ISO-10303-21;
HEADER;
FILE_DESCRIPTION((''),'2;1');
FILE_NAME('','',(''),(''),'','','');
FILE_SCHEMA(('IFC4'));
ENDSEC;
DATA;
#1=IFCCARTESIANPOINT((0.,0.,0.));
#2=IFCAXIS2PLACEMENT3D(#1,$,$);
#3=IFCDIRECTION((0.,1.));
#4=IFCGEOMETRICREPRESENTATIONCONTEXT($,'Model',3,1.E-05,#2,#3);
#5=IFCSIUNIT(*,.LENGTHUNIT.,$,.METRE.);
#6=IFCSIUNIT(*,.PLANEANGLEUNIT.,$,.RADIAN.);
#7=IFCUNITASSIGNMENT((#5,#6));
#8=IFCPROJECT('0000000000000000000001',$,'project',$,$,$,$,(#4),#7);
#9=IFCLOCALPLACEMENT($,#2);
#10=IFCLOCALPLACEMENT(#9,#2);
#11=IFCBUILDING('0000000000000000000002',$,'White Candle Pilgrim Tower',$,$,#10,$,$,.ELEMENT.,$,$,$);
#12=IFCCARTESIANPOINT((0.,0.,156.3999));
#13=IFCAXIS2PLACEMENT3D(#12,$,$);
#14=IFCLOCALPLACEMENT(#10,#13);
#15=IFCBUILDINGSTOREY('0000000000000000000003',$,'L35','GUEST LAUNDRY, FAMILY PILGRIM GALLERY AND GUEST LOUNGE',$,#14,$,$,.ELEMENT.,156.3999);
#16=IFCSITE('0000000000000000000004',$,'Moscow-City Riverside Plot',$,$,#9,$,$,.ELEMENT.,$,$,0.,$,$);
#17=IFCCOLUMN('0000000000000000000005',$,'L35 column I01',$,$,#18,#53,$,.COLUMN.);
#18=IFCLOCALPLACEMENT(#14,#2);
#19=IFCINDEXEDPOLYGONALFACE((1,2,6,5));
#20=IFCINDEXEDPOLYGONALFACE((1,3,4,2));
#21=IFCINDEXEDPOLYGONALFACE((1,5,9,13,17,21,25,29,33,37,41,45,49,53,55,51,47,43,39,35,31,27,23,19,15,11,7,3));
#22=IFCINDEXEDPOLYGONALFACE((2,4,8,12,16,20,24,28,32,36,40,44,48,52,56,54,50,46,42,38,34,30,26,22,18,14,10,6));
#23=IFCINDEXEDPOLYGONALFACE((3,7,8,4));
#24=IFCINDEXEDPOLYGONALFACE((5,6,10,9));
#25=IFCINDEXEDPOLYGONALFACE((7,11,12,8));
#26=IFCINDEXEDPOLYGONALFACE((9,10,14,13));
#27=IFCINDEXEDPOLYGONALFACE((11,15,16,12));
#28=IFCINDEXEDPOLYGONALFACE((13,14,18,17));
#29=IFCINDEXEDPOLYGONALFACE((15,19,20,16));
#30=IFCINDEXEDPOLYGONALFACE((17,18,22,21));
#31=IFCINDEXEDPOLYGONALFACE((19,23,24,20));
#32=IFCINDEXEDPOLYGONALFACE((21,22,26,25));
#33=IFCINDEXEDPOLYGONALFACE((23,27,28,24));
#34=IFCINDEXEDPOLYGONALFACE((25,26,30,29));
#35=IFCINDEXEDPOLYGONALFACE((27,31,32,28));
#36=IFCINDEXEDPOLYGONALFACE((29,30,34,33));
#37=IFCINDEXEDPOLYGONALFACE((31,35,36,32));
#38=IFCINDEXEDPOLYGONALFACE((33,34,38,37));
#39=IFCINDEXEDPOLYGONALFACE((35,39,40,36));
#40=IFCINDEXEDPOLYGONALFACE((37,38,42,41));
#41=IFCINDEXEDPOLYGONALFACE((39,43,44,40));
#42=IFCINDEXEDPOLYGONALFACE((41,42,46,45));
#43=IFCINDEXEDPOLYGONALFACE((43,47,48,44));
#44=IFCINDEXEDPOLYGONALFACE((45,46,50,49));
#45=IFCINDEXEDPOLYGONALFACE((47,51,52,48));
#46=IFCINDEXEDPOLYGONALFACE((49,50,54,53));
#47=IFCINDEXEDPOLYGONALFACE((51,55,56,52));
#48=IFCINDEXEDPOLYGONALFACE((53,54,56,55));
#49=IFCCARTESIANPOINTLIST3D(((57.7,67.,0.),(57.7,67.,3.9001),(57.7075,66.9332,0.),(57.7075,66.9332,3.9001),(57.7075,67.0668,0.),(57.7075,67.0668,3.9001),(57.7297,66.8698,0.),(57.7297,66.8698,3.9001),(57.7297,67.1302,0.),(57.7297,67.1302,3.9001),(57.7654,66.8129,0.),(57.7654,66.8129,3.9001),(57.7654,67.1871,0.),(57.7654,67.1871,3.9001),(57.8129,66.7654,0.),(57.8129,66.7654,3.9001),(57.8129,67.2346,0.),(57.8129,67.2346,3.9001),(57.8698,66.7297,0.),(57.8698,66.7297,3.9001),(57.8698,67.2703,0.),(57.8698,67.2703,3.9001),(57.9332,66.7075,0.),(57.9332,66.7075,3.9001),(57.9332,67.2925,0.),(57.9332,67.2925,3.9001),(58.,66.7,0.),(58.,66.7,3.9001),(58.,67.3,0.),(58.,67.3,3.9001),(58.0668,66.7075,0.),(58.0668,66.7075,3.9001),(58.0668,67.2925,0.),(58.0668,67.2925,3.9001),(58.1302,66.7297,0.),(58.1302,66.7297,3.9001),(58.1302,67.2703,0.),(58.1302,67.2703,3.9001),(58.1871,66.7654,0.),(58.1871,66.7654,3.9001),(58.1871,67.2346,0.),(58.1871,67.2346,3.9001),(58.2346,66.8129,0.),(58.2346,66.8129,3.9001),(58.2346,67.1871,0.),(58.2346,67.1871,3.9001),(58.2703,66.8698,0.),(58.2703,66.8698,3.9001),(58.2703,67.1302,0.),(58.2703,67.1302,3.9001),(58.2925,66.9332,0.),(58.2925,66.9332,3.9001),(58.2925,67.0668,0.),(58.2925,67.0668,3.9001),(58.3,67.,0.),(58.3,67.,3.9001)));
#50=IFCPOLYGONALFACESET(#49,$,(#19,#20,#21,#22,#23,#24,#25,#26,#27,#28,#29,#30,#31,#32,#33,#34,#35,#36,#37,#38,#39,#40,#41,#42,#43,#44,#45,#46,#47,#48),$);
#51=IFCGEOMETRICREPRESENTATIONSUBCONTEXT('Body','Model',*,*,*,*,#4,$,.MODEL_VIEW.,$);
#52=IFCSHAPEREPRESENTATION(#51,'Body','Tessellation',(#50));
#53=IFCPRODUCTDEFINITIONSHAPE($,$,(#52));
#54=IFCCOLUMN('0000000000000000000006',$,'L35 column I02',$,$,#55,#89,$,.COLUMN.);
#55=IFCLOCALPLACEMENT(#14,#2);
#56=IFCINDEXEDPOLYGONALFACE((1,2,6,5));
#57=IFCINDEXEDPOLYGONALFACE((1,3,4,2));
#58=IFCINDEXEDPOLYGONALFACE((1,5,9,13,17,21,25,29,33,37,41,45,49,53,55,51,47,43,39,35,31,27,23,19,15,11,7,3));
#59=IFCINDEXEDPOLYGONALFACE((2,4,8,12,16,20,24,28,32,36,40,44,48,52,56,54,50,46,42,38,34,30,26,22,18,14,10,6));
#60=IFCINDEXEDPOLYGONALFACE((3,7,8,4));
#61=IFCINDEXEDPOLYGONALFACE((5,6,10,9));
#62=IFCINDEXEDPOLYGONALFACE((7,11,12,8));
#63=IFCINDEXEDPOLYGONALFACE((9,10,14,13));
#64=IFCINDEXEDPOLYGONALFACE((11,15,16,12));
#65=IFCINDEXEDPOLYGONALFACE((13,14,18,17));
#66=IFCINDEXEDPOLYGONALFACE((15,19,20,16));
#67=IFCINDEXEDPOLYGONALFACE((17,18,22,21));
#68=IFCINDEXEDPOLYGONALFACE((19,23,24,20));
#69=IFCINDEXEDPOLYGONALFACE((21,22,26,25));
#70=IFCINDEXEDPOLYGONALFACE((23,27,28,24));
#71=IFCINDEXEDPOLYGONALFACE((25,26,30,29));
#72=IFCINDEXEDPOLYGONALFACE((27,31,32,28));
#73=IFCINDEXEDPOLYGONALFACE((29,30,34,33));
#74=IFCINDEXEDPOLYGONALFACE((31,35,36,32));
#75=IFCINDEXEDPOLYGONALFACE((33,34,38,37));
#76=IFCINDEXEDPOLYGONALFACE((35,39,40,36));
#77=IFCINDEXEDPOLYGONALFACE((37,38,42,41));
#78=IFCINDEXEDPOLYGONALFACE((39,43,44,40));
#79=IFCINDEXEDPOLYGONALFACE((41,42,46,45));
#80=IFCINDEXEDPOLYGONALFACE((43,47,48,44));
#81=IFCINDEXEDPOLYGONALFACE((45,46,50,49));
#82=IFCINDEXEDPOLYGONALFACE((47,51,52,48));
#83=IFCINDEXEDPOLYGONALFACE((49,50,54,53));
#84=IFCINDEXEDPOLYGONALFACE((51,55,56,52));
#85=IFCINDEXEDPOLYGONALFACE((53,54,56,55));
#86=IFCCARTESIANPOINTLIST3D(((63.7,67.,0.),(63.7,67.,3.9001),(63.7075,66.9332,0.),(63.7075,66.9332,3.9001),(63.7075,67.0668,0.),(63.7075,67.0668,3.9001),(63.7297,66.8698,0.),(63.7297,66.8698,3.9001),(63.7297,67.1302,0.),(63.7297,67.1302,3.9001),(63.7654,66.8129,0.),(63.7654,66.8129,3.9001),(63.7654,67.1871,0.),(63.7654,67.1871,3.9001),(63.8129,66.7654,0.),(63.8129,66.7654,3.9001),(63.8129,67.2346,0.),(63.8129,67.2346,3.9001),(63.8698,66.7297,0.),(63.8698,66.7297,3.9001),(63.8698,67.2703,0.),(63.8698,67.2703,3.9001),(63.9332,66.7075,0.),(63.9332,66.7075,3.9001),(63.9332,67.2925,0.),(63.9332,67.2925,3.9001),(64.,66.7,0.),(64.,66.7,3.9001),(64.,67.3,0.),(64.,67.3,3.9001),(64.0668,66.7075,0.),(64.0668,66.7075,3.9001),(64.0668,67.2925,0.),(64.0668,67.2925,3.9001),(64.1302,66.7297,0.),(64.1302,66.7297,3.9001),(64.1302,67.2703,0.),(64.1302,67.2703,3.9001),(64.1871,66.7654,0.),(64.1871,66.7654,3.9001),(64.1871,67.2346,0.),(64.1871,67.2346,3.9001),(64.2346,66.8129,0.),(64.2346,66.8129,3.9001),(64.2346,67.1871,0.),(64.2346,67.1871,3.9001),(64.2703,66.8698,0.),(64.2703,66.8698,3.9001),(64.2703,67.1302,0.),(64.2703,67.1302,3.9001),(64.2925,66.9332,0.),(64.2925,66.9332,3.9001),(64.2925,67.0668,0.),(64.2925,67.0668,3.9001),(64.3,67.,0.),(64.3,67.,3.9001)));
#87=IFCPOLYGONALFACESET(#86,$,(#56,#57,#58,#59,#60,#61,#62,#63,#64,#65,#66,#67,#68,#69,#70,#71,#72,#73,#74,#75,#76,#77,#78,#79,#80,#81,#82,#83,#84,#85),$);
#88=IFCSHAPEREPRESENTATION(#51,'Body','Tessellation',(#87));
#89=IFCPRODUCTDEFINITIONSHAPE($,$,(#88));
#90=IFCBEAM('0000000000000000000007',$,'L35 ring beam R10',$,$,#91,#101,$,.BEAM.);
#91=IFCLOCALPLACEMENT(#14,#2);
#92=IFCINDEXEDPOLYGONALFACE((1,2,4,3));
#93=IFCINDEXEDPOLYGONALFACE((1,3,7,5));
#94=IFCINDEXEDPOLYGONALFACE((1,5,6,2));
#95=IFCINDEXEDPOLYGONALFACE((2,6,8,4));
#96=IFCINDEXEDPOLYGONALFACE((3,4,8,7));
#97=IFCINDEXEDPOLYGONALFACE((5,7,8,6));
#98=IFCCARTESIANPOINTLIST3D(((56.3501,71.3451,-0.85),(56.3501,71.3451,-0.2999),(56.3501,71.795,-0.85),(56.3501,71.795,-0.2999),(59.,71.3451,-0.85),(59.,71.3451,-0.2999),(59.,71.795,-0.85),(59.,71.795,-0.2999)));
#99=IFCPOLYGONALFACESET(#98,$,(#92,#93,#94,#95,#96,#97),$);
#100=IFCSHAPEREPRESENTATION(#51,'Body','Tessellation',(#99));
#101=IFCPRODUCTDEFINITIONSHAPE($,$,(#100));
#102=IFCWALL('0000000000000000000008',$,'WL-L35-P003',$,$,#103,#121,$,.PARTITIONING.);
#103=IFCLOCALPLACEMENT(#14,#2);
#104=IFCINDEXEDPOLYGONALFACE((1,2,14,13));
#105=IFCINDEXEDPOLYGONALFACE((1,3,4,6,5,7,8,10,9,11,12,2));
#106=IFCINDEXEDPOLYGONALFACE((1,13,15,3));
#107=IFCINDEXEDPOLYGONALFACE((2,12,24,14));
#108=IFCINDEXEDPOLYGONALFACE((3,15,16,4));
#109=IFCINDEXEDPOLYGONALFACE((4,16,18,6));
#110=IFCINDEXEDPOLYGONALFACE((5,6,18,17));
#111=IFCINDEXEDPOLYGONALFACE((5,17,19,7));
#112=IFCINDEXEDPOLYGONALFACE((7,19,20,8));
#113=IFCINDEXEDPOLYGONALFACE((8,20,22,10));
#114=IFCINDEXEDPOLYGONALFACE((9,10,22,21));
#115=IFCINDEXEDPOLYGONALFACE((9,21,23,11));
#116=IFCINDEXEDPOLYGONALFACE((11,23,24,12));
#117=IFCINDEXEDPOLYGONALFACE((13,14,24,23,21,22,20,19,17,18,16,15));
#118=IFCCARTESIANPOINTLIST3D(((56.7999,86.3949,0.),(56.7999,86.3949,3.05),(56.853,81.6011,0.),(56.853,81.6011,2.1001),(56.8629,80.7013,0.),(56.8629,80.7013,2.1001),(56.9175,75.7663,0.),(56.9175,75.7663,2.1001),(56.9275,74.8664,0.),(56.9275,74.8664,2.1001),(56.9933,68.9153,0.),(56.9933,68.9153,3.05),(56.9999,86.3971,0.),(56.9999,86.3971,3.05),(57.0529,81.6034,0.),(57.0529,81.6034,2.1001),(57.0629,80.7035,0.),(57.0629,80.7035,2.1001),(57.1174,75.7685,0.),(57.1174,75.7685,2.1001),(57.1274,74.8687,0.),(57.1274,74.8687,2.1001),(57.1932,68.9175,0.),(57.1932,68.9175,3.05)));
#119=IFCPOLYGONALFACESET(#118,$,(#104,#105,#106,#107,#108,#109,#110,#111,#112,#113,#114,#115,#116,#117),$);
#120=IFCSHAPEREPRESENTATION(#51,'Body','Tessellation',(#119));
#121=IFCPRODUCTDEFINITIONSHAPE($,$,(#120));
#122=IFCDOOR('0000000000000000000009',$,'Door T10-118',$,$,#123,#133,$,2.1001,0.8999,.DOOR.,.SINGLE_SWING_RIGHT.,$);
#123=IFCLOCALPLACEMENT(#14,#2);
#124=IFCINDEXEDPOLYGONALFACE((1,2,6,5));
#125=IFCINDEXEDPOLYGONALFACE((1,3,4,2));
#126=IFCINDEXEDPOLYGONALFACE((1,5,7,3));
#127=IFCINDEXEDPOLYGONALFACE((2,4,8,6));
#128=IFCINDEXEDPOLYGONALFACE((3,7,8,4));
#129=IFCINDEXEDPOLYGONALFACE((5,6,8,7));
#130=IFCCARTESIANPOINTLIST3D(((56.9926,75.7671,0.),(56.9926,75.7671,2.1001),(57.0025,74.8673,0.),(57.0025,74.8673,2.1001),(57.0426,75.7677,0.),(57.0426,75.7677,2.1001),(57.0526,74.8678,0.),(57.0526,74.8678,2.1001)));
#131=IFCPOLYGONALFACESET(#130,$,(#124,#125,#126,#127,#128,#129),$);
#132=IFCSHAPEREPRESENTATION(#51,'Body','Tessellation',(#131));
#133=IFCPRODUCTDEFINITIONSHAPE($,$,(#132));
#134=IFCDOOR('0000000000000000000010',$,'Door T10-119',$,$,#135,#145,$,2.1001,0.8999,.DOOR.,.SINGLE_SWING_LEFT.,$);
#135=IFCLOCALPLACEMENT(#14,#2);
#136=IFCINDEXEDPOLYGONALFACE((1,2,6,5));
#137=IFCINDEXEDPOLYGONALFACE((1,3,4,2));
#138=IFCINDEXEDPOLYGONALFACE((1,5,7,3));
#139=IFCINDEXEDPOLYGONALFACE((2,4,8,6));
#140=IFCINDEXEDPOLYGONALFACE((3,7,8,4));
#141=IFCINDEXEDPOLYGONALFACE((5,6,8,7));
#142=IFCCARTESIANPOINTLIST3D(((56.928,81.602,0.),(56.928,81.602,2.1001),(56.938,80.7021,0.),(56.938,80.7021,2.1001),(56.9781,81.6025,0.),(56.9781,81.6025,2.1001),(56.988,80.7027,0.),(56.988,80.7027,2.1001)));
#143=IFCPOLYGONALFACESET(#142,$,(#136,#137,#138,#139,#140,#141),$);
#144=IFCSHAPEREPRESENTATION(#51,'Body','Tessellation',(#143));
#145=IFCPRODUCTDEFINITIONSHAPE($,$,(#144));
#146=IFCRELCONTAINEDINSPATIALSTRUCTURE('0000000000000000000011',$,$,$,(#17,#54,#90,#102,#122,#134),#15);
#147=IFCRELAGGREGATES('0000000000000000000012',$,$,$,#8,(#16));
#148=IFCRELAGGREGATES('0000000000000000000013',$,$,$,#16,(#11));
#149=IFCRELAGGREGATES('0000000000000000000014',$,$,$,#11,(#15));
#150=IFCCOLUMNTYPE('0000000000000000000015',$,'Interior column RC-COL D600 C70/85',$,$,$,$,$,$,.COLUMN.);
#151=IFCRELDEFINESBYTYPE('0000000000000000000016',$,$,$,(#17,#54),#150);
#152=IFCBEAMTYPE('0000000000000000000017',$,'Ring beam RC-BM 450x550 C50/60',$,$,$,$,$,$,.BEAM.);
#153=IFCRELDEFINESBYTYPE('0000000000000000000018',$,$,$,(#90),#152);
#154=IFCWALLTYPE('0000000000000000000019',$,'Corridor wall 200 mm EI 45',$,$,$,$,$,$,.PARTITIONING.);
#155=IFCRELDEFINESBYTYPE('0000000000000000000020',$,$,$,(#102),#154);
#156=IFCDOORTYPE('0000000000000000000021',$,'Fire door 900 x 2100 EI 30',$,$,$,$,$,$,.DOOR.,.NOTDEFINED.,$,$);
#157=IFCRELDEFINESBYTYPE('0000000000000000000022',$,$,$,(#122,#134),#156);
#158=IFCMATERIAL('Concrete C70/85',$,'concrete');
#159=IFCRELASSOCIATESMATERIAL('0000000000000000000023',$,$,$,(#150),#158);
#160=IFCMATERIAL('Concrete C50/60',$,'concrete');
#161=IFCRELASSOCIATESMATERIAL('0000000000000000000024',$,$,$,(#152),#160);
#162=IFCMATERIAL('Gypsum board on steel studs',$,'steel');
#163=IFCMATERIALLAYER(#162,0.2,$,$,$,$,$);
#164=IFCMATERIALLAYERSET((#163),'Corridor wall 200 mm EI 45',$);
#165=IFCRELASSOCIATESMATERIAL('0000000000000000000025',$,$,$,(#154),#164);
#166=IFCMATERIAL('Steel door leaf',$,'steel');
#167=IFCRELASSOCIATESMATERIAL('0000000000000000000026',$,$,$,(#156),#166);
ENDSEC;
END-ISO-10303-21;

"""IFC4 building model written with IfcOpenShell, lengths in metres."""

from ifc_helpers import new_model, si_unit, direction, frame, frame_2d, origin, origin_2d, place, context, subcontext, project, spatial, rectangle, circle, extrude, material, layer, layer_set, material_profile, profile_set, type_object, element, fill, save


model = new_model("IFC4")

# Units and contexts
model_context = context("Model", 3, precision=1e-05, world=origin(), true_north=direction((0.0, 1.0)))
body_context = subcontext(model_context, "Body", "Model", "MODEL_VIEW")
ifc_project = project(units=[si_unit("LENGTHUNIT", "METRE"), si_unit("PLANEANGLEUNIT", "RADIAN")], contexts=[model_context])

# Site, building, storey
site_placement = place(None, origin())
site = spatial("IfcSite", under=ifc_project, at=site_placement, Name="Moscow-City Riverside Plot", CompositionType="ELEMENT", RefElevation=0.0)
building_placement = place(site_placement, origin())
building = spatial("IfcBuilding", under=site, at=building_placement, Name="White Candle Pilgrim Tower", CompositionType="ELEMENT")
storey_placement = place(building_placement, frame((0.0, 0.0, 156.3999)))
storey = spatial("IfcBuildingStorey", under=building, at=storey_placement, Name="L35", Description="GUEST LAUNDRY, FAMILY PILGRIM GALLERY AND GUEST LOUNGE", CompositionType="ELEMENT", Elevation=156.3999)

# Columns
ifc_material_1 = material(Name="Concrete C70/85", Category="concrete")
ifc_material_profile_1 = material_profile(ifc_material_1, circle(Radius=0.3, at=origin_2d()), Name="RC-COL D600")
ifc_profile_set_1 = profile_set([ifc_material_profile_1], Name="Concrete C70/85")
column_type = type_object("IfcColumnType", Name="Interior column RC-COL D600 C70/85", PredefinedType="COLUMN", material=ifc_profile_set_1)
for number, where, z_axis, x_axis, name in (
    (1, (58.0, 67.0, 0.0), (0.0, 0.0, 1.0), (1.0, 0.0, 0.0), "L35 column I01"),
    (2, (64.0, 67.0, 0.0), (0.0, 0.0, 1.0), (1.0, 0.0, 0.0), "L35 column I02"),
):
    element("IfcColumn", number, at=place(storey_placement, frame(where, z_axis=z_axis, x_axis=x_axis)), inside=storey, type_object=column_type, Name=name, PredefinedType="COLUMN", context=body_context, shape_type="SweptSolid", body=[
        extrude(circle(Radius=0.3, at=origin_2d()), origin(), (0.0, 0.0, 1.0), 3.9001),
    ])

# Beam
ifc_material_2 = material(Name="Concrete C50/60", Category="concrete")
ifc_material_profile_2 = material_profile(ifc_material_2, rectangle(XDim=0.45, YDim=0.55, at=origin_2d()), Name="RC-BM 450x550")
ifc_profile_set_2 = profile_set([ifc_material_profile_2], Name="Concrete C50/60")
beam_type = type_object("IfcBeamType", Name="Ring beam RC-BM 450x550 C50/60", PredefinedType="BEAM", material=ifc_profile_set_2)
beam_placement = place(storey_placement, frame((56.3501, 71.5701, -0.575), z_axis=(1.0, 0.0, 0.0), x_axis=(0.0, 1.0, 0.0)))
element("IfcBeam", 3, at=beam_placement, inside=storey, type_object=beam_type, Name="L35 ring beam R10", PredefinedType="BEAM", context=body_context, shape_type="SweptSolid", body=[
    extrude(rectangle(XDim=0.45, YDim=0.55, at=origin_2d()), origin(), (0.0, 0.0, 1.0), 2.6499),
])

# Wall, openings, doors
ifc_material_3 = material(Name="Gypsum board on steel studs", Category="steel")
ifc_layer_1 = layer(ifc_material_3, 0.2)
ifc_layer_set_1 = layer_set([ifc_layer_1], Name="Corridor wall 200 mm EI 45")
wall_type_1 = type_object("IfcWallType", Name="Corridor wall 200 mm EI 45", PredefinedType="PARTITIONING", material=ifc_layer_set_1)
wall_1_placement = place(storey_placement, frame((57.0933, 68.9165, 0.0), z_axis=(0.0, 0.0, 1.0), x_axis=(-0.011061, 0.999939, 0.0)))
wall_1 = element("IfcWall", 4, at=wall_1_placement, inside=storey, type_object=wall_type_1, Name="WL-L35-P003", PredefinedType="PARTITIONING", context=body_context, shape_type="SweptSolid", body=[
    extrude(rectangle(XDim=17.4807, YDim=0.2, at=frame_2d((8.7402, 0.0))), origin(), (0.0, 0.0, 1.0), 3.05),
])
opening_1_placement = place(wall_1_placement, frame((5.9514, 0.0, 0.0)))
opening_1 = element("IfcOpeningElement", 5, at=opening_1_placement, cuts=wall_1, PredefinedType="OPENING", context=body_context, shape_type="SweptSolid", body=[
    extrude(rectangle(XDim=0.8999, YDim=2.1001, at=frame_2d((0.45, 1.05))), frame((0.0, 0.1099, 0.0), z_axis=(0.0, -1.0, 0.0), x_axis=(1.0, 0.0, 0.0)), (0.0, 0.0, 1.0), 0.22),
])
opening_2_placement = place(wall_1_placement, frame((11.7866, 0.0, 0.0)))
opening_2 = element("IfcOpeningElement", 6, at=opening_2_placement, cuts=wall_1, PredefinedType="OPENING", context=body_context, shape_type="SweptSolid", body=[
    extrude(rectangle(XDim=0.8999, YDim=2.1001, at=frame_2d((0.45, 1.05))), frame((0.0, 0.1099, 0.0), z_axis=(0.0, -1.0, 0.0), x_axis=(1.0, 0.0, 0.0)), (0.0, 0.0, 1.0), 0.22),
])
ifc_material_4 = material(Name="Steel door leaf", Category="steel")
door_type_1 = type_object("IfcDoorType", Name="Fire door 900 x 2100 EI 30", OperationType="NOTDEFINED", PredefinedType="DOOR", material=ifc_material_4)
door_1_placement = place(opening_1_placement, origin())
door_1 = element("IfcDoor", 7, at=door_1_placement, inside=storey, type_object=door_type_1, Name="Door T10-118", OperationType="SINGLE_SWING_RIGHT", OverallHeight=2.1001, OverallWidth=0.8999, PredefinedType="DOOR", context=body_context, shape_type="SweptSolid", body=[
    extrude(rectangle(XDim=0.8999, YDim=2.1001, at=frame_2d((0.45, 1.05))), frame((0.0, 0.0249, 0.0), z_axis=(0.0, -1.0, 0.0), x_axis=(1.0, 0.0, 0.0)), (0.0, 0.0, 1.0), 0.05),
])
fill(opening_1, door_1)
door_2_placement = place(opening_2_placement, origin())
door_2 = element("IfcDoor", 8, at=door_2_placement, inside=storey, type_object=door_type_1, Name="Door T10-119", OperationType="SINGLE_SWING_LEFT", OverallHeight=2.1001, OverallWidth=0.8999, PredefinedType="DOOR", context=body_context, shape_type="SweptSolid", body=[
    extrude(rectangle(XDim=0.8999, YDim=2.1001, at=frame_2d((0.45, 1.05))), frame((0.0, 0.0249, 0.0), z_axis=(0.0, -1.0, 0.0), x_axis=(1.0, 0.0, 0.0)), (0.0, 0.0, 1.0), 0.05),
])
fill(opening_2, door_2)

save(model, "model.ifc")
